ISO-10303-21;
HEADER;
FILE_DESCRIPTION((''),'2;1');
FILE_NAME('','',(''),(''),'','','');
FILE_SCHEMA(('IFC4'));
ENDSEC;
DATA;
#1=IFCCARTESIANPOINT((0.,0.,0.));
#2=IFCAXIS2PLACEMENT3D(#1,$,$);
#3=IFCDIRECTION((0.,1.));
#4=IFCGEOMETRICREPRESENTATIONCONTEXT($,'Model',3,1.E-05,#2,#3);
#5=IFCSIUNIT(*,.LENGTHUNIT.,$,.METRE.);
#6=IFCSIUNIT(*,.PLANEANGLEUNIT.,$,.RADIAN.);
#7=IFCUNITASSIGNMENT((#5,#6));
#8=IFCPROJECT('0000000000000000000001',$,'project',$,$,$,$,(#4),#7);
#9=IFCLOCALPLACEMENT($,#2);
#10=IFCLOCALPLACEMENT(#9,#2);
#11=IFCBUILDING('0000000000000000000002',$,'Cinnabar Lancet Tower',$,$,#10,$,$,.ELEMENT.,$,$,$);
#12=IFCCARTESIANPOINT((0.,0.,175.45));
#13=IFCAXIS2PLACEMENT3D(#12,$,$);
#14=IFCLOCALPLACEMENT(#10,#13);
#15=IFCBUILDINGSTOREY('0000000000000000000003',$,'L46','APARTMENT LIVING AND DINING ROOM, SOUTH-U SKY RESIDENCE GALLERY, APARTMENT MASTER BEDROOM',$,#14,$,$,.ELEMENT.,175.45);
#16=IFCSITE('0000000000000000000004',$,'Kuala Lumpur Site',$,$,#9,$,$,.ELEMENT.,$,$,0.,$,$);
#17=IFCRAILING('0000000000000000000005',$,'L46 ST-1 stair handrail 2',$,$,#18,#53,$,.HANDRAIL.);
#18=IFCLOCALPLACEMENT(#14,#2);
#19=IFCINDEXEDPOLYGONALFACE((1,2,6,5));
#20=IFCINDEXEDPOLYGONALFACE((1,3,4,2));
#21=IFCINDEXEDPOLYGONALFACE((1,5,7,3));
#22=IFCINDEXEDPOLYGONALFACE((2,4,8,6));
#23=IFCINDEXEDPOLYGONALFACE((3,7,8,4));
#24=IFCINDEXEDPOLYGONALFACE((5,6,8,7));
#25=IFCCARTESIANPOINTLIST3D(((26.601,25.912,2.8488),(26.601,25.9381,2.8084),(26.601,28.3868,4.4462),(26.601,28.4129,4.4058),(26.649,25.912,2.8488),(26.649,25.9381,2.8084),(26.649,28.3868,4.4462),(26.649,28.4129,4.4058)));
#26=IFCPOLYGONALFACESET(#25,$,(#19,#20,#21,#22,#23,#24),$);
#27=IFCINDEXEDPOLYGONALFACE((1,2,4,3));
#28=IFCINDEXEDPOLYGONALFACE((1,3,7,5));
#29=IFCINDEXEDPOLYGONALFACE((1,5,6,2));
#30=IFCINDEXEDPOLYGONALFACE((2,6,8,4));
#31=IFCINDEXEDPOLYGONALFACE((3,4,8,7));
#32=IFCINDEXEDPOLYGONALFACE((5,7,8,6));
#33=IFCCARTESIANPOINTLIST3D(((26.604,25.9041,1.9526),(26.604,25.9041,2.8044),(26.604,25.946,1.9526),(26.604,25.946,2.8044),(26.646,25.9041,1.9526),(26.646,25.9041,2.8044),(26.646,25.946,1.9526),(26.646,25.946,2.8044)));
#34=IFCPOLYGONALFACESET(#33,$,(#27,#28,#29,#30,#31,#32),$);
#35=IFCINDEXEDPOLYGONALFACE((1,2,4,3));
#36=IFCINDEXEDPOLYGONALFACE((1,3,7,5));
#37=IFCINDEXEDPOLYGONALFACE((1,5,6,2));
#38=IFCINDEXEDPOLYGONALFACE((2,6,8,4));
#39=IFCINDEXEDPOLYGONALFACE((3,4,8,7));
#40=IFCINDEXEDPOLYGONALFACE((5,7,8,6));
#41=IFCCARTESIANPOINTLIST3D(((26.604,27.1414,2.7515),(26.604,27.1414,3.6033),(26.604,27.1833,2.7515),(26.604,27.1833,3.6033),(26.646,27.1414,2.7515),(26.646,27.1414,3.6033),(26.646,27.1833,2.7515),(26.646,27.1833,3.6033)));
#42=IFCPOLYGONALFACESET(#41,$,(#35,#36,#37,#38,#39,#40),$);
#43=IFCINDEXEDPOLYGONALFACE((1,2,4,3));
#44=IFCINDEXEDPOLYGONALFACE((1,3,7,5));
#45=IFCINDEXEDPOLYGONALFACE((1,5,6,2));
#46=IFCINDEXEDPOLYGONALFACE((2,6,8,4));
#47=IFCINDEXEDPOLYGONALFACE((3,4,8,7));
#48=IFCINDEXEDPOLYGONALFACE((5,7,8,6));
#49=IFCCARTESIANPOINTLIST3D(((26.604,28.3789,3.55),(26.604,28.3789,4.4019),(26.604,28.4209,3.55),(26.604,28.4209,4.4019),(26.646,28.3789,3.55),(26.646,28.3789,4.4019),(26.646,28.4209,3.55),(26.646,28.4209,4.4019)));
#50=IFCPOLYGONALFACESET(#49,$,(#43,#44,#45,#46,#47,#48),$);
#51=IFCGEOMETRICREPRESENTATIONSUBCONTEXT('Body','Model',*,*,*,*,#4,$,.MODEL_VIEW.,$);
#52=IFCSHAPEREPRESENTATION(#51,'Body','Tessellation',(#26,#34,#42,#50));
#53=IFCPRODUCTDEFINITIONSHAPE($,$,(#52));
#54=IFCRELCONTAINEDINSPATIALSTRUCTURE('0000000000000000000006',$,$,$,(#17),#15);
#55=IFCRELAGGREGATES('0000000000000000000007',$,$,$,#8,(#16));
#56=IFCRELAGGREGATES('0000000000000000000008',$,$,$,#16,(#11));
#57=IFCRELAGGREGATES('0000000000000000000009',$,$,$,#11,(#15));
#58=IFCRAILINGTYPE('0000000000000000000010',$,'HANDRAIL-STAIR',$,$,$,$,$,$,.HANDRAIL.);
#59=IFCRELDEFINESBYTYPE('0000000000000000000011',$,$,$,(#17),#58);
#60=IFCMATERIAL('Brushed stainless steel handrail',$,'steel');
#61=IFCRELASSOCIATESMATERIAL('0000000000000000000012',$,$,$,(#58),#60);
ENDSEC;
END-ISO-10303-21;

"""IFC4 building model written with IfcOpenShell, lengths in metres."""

from ifc_helpers import new_model, si_unit, direction, frame, origin, origin_2d, place, context, subcontext, project, spatial, rectangle, extrude, material, type_object, element, save


model = new_model("IFC4")

# Units and contexts
model_context = context("Model", 3, precision=1e-05, world=origin(), true_north=direction((0.0, 1.0)))
body_context = subcontext(model_context, "Body", "Model", "MODEL_VIEW")
ifc_project = project(units=[si_unit("LENGTHUNIT", "METRE"), si_unit("PLANEANGLEUNIT", "RADIAN")], contexts=[model_context])

# Site, building, storey
site_placement = place(None, origin())
site = spatial("IfcSite", under=ifc_project, at=site_placement, Name="Kuala Lumpur Site", CompositionType="ELEMENT", RefElevation=0.0)
building_placement = place(site_placement, origin())
building = spatial("IfcBuilding", under=site, at=building_placement, Name="Cinnabar Lancet Tower", CompositionType="ELEMENT")
storey_placement = place(building_placement, frame((0.0, 0.0, 175.45)))
storey = spatial("IfcBuildingStorey", under=building, at=storey_placement, Name="L46", Description="APARTMENT LIVING AND DINING ROOM, SOUTH-U SKY RESIDENCE GALLERY, APARTMENT MASTER BEDROOM", CompositionType="ELEMENT", Elevation=175.45)

# Railing
ifc_material_1 = material(Name="Brushed stainless steel handrail", Category="steel")
railing_type_1 = type_object("IfcRailingType", Name="HANDRAIL-STAIR", PredefinedType="HANDRAIL", material=ifc_material_1)
railing_1_placement = place(storey_placement, frame((26.625, 25.925, 1.9526)))
element("IfcRailing", 1, at=railing_1_placement, inside=storey, type_object=railing_type_1, Name="L46 ST-1 stair handrail 2", PredefinedType="HANDRAIL", context=body_context, shape_type="SweptSolid", body=[
    extrude(rectangle(XDim=0.0481, YDim=0.0481, at=origin_2d()), frame((0.0, 0.0, 0.876), z_axis=(0.0, 0.840183, 0.542302), x_axis=(-1.0, 0.0, 0.0)), (0.0, 0.0, 1.0), 2.9456),
    extrude(rectangle(XDim=0.042, YDim=0.042, at=origin_2d()), origin(), (0.0, 0.0, 1.0), 0.8518),
    extrude(rectangle(XDim=0.042, YDim=0.042, at=origin_2d()), frame((0.0, 1.2373, 0.7988)), (0.0, 0.0, 1.0), 0.8518),
    extrude(rectangle(XDim=0.042, YDim=0.042, at=origin_2d()), frame((0.0, 2.4749, 1.5974)), (0.0, 0.0, 1.0), 0.8518),
])

save(model, "model.ifc")
